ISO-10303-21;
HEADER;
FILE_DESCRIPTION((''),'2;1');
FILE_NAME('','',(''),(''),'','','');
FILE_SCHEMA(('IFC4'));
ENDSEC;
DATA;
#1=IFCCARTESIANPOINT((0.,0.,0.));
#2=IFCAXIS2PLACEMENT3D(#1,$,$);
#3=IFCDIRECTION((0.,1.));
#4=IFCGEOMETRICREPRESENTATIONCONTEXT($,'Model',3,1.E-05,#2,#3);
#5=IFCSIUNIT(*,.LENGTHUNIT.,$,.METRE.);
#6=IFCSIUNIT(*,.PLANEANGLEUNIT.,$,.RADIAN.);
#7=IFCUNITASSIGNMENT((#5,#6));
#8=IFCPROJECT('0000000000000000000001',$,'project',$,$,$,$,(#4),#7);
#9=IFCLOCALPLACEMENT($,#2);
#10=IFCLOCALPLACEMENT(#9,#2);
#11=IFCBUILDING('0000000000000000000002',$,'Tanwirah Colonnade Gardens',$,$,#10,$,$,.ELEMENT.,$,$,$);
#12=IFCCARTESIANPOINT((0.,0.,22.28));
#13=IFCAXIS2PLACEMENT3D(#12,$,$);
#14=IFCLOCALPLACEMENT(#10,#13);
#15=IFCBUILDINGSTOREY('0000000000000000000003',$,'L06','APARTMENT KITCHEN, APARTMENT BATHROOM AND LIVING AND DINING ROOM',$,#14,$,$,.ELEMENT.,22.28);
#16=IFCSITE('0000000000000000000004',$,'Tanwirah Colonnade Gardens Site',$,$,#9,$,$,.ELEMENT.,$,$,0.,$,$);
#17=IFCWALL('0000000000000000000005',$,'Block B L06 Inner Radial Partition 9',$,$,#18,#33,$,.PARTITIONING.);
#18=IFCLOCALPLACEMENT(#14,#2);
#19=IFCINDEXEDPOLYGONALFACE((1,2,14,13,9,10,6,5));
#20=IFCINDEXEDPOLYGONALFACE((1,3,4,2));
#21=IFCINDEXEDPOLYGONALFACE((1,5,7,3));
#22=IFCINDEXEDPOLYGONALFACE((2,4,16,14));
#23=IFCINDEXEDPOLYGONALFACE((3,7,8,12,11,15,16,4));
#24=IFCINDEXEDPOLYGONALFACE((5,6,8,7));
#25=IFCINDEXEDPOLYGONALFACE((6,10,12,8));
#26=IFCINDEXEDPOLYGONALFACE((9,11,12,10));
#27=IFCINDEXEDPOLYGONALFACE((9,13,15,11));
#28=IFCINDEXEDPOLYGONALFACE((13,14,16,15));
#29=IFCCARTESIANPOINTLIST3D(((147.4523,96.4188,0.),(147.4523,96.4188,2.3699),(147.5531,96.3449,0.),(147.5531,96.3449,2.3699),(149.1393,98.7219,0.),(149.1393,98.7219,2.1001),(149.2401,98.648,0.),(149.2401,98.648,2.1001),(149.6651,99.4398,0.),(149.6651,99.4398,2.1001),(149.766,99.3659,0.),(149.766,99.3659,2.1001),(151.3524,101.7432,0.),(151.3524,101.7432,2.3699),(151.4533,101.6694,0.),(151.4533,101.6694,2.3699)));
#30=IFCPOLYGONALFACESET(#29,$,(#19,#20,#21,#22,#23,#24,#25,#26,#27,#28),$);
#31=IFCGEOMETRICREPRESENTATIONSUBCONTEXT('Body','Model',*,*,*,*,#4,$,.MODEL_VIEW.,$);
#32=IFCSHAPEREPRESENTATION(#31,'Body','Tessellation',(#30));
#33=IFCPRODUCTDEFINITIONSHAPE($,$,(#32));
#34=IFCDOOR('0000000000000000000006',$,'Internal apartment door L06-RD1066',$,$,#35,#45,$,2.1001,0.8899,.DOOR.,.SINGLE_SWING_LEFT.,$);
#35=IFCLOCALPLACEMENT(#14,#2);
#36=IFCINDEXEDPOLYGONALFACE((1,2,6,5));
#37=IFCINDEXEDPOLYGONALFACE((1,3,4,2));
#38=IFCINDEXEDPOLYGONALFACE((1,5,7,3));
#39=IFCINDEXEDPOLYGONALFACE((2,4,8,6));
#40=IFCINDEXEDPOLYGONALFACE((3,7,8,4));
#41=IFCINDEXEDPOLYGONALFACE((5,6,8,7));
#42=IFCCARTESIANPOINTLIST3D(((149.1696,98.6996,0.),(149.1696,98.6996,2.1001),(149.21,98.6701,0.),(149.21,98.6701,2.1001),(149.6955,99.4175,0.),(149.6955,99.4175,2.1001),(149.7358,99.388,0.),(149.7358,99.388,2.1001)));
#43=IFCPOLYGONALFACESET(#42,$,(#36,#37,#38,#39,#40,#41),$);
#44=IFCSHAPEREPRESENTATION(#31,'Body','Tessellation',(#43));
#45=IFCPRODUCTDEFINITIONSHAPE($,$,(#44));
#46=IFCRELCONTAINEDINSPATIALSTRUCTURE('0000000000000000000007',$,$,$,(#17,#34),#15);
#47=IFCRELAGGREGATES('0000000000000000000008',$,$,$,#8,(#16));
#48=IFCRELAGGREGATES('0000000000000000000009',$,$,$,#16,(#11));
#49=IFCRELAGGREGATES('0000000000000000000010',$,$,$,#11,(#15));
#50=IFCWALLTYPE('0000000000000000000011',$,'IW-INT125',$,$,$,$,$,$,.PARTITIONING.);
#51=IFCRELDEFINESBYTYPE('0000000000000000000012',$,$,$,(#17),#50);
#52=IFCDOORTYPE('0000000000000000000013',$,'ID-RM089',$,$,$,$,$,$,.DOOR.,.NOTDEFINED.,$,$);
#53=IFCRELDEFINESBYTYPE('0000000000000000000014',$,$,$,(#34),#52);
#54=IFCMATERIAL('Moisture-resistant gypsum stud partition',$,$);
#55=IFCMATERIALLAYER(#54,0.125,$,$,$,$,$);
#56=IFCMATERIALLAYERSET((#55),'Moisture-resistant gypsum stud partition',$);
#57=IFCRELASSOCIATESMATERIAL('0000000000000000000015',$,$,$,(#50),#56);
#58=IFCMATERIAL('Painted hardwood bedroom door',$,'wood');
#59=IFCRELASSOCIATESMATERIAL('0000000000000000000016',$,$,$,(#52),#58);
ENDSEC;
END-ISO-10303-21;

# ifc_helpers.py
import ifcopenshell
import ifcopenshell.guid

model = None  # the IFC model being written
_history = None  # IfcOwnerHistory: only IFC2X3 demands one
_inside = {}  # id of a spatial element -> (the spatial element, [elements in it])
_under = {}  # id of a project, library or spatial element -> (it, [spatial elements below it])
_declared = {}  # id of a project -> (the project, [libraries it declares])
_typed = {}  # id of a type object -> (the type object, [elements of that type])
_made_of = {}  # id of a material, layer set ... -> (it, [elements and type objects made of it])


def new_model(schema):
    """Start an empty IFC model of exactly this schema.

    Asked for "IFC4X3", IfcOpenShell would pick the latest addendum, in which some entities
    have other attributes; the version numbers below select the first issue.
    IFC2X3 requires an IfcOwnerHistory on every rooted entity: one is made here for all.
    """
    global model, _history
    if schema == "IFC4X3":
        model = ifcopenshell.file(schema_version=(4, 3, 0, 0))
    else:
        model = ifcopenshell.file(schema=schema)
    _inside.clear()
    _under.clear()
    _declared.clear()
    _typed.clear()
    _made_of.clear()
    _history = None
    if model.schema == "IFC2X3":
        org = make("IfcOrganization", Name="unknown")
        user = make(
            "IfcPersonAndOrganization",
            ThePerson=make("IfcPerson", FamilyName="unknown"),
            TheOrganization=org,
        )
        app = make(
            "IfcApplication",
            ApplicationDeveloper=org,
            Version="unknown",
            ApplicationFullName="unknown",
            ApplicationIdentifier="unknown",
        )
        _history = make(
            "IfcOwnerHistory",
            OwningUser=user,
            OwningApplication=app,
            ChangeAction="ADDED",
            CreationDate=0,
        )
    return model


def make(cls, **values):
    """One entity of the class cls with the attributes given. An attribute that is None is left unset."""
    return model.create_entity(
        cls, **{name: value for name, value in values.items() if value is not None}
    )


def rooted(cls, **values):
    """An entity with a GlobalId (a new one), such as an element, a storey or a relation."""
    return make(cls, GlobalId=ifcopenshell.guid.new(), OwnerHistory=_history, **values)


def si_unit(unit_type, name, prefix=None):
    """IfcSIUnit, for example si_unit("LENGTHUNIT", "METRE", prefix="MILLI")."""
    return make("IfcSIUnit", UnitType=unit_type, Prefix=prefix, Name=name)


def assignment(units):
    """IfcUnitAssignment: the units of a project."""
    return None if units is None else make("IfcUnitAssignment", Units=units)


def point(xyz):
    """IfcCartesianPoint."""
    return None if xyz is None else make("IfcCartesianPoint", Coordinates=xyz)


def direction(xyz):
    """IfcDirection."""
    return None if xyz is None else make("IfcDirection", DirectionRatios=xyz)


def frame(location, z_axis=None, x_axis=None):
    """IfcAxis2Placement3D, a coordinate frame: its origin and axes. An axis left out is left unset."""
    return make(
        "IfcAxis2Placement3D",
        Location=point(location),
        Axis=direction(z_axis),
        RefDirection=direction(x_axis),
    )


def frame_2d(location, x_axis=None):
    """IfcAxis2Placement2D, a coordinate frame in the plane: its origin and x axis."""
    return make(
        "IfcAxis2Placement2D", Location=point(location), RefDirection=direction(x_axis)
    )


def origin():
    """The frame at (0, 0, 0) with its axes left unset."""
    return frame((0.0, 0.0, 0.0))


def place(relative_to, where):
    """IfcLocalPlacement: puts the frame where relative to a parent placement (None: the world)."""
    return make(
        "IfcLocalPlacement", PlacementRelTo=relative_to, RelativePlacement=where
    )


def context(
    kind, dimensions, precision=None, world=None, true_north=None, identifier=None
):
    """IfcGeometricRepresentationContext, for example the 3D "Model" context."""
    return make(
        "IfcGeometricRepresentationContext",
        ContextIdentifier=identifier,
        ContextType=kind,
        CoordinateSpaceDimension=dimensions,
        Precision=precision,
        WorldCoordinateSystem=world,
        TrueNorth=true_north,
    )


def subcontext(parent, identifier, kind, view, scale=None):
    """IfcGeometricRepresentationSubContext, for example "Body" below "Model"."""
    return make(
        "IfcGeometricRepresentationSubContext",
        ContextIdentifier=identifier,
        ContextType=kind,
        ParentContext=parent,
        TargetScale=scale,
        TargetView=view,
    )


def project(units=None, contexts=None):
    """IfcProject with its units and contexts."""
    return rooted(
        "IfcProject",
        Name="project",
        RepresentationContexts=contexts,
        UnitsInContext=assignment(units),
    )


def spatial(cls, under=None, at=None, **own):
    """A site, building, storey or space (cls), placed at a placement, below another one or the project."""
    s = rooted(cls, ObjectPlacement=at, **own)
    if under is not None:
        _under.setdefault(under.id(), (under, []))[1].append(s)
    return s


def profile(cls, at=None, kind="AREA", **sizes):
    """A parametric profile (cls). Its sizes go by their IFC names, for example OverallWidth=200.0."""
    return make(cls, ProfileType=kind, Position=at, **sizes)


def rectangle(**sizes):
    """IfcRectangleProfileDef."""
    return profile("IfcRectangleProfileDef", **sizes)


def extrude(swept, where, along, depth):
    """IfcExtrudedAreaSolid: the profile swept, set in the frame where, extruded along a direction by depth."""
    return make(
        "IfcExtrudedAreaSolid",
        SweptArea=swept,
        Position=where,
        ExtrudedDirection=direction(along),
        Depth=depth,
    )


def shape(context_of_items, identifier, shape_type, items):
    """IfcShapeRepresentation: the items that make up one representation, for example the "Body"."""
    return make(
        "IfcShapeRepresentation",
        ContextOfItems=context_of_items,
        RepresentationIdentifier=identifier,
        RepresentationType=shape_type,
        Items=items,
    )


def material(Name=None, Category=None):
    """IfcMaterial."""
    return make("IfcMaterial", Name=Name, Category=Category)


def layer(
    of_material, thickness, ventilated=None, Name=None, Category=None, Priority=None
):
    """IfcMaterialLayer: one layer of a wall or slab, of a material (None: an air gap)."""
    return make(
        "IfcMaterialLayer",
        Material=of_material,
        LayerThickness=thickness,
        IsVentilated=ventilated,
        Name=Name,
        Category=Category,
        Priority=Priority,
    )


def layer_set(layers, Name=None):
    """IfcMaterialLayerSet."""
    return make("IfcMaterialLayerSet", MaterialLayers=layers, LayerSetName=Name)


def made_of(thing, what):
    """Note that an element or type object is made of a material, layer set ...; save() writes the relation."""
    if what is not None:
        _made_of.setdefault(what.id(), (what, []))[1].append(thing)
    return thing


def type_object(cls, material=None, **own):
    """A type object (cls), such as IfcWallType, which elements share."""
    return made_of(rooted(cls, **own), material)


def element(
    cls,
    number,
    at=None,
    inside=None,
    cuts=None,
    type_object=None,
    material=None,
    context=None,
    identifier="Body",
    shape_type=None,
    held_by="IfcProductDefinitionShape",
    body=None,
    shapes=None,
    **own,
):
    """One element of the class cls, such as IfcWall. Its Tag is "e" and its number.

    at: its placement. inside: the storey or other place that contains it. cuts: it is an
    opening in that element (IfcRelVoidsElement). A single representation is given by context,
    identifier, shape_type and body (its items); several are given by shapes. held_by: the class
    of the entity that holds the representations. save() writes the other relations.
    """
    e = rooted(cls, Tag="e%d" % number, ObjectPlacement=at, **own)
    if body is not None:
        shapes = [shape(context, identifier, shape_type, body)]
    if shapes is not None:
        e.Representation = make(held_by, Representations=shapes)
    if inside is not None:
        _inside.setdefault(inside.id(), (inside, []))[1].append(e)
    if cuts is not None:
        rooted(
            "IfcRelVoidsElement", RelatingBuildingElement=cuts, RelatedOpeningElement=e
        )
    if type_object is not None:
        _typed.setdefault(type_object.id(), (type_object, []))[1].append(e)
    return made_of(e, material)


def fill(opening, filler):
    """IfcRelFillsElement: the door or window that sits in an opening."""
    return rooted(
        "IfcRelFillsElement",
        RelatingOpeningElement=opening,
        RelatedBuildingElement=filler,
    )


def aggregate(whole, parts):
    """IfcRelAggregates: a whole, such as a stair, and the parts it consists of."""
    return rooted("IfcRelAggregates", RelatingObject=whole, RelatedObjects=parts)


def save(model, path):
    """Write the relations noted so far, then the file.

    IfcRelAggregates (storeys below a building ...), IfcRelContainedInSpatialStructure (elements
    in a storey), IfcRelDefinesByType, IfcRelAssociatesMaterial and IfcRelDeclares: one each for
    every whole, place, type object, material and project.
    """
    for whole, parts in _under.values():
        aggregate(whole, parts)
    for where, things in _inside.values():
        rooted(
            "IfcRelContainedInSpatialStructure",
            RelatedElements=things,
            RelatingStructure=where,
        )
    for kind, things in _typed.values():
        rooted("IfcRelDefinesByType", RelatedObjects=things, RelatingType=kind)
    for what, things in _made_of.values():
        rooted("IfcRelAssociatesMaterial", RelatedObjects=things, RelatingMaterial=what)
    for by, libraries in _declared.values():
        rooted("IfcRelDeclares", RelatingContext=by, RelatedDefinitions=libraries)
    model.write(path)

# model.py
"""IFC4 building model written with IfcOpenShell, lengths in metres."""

from ifc_helpers import new_model, si_unit, direction, frame, frame_2d, origin, place, context, subcontext, project, spatial, rectangle, extrude, material, layer, layer_set, type_object, element, fill, save


model = new_model("IFC4")

# Units and contexts
model_context = context("Model", 3, precision=1e-05, world=origin(), true_north=direction((0.0, 1.0)))
body_context = subcontext(model_context, "Body", "Model", "MODEL_VIEW")
ifc_project = project(units=[si_unit("LENGTHUNIT", "METRE"), si_unit("PLANEANGLEUNIT", "RADIAN")], contexts=[model_context])

# Site, building, storey
site_placement = place(None, origin())
site = spatial("IfcSite", under=ifc_project, at=site_placement, Name="Tanwirah Colonnade Gardens Site", CompositionType="ELEMENT", RefElevation=0.0)
building_placement = place(site_placement, origin())
building = spatial("IfcBuilding", under=site, at=building_placement, Name="Tanwirah Colonnade Gardens", CompositionType="ELEMENT")
storey_placement = place(building_placement, frame((0.0, 0.0, 22.28)))
storey = spatial("IfcBuildingStorey", under=building, at=storey_placement, Name="L06", Description="APARTMENT KITCHEN, APARTMENT BATHROOM AND LIVING AND DINING ROOM", CompositionType="ELEMENT", Elevation=22.28)

# Wall, opening, door
ifc_material_1 = material(Name="Moisture-resistant gypsum stud partition")
ifc_layer_1 = layer(ifc_material_1, 0.125)
ifc_layer_set_1 = layer_set([ifc_layer_1], Name="Moisture-resistant gypsum stud partition")
wall_type = type_object("IfcWallType", Name="IW-INT125", PredefinedType="PARTITIONING", material=ifc_layer_set_1)
wall_1_placement = place(storey_placement, frame((147.5027, 96.3818, 0.0), z_axis=(0.0, 0.0, 1.0), x_axis=(0.590924, 0.806727, 0.0)))
wall_1 = element("IfcWall", 1, at=wall_1_placement, inside=storey, type_object=wall_type, Name="Block B L06 Inner Radial Partition 9", PredefinedType="PARTITIONING", context=body_context, shape_type="SweptSolid", body=[
    extrude(rectangle(XDim=6.6001, YDim=0.125, at=frame_2d((3.3, 0.0))), origin(), (0.0, 0.0, 1.0), 2.3699),
])
opening_1_placement = place(wall_1_placement, frame((2.855, 0.0, 0.0)))
opening_1 = element("IfcOpeningElement", 2, at=opening_1_placement, cuts=wall_1, PredefinedType="OPENING", context=body_context, shape_type="SweptSolid", body=[
    extrude(rectangle(XDim=0.8899, YDim=2.1001, at=frame_2d((0.4448, 1.05))), frame((0.0, 0.0725, 0.0), z_axis=(0.0, -1.0, 0.0), x_axis=(1.0, 0.0, 0.0)), (0.0, 0.0, 1.0), 0.145),
])
ifc_material_2 = material(Name="Painted hardwood bedroom door", Category="wood")
door_type_1 = type_object("IfcDoorType", Name="ID-RM089", OperationType="NOTDEFINED", PredefinedType="DOOR", material=ifc_material_2)
door_1_placement = place(opening_1_placement, origin())
door_1 = element("IfcDoor", 3, at=door_1_placement, inside=storey, type_object=door_type_1, Name="Internal apartment door L06-RD1066", OperationType="SINGLE_SWING_LEFT", OverallHeight=2.1001, OverallWidth=0.8899, PredefinedType="DOOR", context=body_context, shape_type="SweptSolid", body=[
    extrude(rectangle(XDim=0.8899, YDim=2.1001, at=frame_2d((0.4448, 1.05))), frame((0.0, 0.0249, 0.0), z_axis=(0.0, -1.0, 0.0), x_axis=(1.0, 0.0, 0.0)), (0.0, 0.0, 1.0), 0.05),
])
fill(opening_1, door_1)

save(model, "model.ifc")
